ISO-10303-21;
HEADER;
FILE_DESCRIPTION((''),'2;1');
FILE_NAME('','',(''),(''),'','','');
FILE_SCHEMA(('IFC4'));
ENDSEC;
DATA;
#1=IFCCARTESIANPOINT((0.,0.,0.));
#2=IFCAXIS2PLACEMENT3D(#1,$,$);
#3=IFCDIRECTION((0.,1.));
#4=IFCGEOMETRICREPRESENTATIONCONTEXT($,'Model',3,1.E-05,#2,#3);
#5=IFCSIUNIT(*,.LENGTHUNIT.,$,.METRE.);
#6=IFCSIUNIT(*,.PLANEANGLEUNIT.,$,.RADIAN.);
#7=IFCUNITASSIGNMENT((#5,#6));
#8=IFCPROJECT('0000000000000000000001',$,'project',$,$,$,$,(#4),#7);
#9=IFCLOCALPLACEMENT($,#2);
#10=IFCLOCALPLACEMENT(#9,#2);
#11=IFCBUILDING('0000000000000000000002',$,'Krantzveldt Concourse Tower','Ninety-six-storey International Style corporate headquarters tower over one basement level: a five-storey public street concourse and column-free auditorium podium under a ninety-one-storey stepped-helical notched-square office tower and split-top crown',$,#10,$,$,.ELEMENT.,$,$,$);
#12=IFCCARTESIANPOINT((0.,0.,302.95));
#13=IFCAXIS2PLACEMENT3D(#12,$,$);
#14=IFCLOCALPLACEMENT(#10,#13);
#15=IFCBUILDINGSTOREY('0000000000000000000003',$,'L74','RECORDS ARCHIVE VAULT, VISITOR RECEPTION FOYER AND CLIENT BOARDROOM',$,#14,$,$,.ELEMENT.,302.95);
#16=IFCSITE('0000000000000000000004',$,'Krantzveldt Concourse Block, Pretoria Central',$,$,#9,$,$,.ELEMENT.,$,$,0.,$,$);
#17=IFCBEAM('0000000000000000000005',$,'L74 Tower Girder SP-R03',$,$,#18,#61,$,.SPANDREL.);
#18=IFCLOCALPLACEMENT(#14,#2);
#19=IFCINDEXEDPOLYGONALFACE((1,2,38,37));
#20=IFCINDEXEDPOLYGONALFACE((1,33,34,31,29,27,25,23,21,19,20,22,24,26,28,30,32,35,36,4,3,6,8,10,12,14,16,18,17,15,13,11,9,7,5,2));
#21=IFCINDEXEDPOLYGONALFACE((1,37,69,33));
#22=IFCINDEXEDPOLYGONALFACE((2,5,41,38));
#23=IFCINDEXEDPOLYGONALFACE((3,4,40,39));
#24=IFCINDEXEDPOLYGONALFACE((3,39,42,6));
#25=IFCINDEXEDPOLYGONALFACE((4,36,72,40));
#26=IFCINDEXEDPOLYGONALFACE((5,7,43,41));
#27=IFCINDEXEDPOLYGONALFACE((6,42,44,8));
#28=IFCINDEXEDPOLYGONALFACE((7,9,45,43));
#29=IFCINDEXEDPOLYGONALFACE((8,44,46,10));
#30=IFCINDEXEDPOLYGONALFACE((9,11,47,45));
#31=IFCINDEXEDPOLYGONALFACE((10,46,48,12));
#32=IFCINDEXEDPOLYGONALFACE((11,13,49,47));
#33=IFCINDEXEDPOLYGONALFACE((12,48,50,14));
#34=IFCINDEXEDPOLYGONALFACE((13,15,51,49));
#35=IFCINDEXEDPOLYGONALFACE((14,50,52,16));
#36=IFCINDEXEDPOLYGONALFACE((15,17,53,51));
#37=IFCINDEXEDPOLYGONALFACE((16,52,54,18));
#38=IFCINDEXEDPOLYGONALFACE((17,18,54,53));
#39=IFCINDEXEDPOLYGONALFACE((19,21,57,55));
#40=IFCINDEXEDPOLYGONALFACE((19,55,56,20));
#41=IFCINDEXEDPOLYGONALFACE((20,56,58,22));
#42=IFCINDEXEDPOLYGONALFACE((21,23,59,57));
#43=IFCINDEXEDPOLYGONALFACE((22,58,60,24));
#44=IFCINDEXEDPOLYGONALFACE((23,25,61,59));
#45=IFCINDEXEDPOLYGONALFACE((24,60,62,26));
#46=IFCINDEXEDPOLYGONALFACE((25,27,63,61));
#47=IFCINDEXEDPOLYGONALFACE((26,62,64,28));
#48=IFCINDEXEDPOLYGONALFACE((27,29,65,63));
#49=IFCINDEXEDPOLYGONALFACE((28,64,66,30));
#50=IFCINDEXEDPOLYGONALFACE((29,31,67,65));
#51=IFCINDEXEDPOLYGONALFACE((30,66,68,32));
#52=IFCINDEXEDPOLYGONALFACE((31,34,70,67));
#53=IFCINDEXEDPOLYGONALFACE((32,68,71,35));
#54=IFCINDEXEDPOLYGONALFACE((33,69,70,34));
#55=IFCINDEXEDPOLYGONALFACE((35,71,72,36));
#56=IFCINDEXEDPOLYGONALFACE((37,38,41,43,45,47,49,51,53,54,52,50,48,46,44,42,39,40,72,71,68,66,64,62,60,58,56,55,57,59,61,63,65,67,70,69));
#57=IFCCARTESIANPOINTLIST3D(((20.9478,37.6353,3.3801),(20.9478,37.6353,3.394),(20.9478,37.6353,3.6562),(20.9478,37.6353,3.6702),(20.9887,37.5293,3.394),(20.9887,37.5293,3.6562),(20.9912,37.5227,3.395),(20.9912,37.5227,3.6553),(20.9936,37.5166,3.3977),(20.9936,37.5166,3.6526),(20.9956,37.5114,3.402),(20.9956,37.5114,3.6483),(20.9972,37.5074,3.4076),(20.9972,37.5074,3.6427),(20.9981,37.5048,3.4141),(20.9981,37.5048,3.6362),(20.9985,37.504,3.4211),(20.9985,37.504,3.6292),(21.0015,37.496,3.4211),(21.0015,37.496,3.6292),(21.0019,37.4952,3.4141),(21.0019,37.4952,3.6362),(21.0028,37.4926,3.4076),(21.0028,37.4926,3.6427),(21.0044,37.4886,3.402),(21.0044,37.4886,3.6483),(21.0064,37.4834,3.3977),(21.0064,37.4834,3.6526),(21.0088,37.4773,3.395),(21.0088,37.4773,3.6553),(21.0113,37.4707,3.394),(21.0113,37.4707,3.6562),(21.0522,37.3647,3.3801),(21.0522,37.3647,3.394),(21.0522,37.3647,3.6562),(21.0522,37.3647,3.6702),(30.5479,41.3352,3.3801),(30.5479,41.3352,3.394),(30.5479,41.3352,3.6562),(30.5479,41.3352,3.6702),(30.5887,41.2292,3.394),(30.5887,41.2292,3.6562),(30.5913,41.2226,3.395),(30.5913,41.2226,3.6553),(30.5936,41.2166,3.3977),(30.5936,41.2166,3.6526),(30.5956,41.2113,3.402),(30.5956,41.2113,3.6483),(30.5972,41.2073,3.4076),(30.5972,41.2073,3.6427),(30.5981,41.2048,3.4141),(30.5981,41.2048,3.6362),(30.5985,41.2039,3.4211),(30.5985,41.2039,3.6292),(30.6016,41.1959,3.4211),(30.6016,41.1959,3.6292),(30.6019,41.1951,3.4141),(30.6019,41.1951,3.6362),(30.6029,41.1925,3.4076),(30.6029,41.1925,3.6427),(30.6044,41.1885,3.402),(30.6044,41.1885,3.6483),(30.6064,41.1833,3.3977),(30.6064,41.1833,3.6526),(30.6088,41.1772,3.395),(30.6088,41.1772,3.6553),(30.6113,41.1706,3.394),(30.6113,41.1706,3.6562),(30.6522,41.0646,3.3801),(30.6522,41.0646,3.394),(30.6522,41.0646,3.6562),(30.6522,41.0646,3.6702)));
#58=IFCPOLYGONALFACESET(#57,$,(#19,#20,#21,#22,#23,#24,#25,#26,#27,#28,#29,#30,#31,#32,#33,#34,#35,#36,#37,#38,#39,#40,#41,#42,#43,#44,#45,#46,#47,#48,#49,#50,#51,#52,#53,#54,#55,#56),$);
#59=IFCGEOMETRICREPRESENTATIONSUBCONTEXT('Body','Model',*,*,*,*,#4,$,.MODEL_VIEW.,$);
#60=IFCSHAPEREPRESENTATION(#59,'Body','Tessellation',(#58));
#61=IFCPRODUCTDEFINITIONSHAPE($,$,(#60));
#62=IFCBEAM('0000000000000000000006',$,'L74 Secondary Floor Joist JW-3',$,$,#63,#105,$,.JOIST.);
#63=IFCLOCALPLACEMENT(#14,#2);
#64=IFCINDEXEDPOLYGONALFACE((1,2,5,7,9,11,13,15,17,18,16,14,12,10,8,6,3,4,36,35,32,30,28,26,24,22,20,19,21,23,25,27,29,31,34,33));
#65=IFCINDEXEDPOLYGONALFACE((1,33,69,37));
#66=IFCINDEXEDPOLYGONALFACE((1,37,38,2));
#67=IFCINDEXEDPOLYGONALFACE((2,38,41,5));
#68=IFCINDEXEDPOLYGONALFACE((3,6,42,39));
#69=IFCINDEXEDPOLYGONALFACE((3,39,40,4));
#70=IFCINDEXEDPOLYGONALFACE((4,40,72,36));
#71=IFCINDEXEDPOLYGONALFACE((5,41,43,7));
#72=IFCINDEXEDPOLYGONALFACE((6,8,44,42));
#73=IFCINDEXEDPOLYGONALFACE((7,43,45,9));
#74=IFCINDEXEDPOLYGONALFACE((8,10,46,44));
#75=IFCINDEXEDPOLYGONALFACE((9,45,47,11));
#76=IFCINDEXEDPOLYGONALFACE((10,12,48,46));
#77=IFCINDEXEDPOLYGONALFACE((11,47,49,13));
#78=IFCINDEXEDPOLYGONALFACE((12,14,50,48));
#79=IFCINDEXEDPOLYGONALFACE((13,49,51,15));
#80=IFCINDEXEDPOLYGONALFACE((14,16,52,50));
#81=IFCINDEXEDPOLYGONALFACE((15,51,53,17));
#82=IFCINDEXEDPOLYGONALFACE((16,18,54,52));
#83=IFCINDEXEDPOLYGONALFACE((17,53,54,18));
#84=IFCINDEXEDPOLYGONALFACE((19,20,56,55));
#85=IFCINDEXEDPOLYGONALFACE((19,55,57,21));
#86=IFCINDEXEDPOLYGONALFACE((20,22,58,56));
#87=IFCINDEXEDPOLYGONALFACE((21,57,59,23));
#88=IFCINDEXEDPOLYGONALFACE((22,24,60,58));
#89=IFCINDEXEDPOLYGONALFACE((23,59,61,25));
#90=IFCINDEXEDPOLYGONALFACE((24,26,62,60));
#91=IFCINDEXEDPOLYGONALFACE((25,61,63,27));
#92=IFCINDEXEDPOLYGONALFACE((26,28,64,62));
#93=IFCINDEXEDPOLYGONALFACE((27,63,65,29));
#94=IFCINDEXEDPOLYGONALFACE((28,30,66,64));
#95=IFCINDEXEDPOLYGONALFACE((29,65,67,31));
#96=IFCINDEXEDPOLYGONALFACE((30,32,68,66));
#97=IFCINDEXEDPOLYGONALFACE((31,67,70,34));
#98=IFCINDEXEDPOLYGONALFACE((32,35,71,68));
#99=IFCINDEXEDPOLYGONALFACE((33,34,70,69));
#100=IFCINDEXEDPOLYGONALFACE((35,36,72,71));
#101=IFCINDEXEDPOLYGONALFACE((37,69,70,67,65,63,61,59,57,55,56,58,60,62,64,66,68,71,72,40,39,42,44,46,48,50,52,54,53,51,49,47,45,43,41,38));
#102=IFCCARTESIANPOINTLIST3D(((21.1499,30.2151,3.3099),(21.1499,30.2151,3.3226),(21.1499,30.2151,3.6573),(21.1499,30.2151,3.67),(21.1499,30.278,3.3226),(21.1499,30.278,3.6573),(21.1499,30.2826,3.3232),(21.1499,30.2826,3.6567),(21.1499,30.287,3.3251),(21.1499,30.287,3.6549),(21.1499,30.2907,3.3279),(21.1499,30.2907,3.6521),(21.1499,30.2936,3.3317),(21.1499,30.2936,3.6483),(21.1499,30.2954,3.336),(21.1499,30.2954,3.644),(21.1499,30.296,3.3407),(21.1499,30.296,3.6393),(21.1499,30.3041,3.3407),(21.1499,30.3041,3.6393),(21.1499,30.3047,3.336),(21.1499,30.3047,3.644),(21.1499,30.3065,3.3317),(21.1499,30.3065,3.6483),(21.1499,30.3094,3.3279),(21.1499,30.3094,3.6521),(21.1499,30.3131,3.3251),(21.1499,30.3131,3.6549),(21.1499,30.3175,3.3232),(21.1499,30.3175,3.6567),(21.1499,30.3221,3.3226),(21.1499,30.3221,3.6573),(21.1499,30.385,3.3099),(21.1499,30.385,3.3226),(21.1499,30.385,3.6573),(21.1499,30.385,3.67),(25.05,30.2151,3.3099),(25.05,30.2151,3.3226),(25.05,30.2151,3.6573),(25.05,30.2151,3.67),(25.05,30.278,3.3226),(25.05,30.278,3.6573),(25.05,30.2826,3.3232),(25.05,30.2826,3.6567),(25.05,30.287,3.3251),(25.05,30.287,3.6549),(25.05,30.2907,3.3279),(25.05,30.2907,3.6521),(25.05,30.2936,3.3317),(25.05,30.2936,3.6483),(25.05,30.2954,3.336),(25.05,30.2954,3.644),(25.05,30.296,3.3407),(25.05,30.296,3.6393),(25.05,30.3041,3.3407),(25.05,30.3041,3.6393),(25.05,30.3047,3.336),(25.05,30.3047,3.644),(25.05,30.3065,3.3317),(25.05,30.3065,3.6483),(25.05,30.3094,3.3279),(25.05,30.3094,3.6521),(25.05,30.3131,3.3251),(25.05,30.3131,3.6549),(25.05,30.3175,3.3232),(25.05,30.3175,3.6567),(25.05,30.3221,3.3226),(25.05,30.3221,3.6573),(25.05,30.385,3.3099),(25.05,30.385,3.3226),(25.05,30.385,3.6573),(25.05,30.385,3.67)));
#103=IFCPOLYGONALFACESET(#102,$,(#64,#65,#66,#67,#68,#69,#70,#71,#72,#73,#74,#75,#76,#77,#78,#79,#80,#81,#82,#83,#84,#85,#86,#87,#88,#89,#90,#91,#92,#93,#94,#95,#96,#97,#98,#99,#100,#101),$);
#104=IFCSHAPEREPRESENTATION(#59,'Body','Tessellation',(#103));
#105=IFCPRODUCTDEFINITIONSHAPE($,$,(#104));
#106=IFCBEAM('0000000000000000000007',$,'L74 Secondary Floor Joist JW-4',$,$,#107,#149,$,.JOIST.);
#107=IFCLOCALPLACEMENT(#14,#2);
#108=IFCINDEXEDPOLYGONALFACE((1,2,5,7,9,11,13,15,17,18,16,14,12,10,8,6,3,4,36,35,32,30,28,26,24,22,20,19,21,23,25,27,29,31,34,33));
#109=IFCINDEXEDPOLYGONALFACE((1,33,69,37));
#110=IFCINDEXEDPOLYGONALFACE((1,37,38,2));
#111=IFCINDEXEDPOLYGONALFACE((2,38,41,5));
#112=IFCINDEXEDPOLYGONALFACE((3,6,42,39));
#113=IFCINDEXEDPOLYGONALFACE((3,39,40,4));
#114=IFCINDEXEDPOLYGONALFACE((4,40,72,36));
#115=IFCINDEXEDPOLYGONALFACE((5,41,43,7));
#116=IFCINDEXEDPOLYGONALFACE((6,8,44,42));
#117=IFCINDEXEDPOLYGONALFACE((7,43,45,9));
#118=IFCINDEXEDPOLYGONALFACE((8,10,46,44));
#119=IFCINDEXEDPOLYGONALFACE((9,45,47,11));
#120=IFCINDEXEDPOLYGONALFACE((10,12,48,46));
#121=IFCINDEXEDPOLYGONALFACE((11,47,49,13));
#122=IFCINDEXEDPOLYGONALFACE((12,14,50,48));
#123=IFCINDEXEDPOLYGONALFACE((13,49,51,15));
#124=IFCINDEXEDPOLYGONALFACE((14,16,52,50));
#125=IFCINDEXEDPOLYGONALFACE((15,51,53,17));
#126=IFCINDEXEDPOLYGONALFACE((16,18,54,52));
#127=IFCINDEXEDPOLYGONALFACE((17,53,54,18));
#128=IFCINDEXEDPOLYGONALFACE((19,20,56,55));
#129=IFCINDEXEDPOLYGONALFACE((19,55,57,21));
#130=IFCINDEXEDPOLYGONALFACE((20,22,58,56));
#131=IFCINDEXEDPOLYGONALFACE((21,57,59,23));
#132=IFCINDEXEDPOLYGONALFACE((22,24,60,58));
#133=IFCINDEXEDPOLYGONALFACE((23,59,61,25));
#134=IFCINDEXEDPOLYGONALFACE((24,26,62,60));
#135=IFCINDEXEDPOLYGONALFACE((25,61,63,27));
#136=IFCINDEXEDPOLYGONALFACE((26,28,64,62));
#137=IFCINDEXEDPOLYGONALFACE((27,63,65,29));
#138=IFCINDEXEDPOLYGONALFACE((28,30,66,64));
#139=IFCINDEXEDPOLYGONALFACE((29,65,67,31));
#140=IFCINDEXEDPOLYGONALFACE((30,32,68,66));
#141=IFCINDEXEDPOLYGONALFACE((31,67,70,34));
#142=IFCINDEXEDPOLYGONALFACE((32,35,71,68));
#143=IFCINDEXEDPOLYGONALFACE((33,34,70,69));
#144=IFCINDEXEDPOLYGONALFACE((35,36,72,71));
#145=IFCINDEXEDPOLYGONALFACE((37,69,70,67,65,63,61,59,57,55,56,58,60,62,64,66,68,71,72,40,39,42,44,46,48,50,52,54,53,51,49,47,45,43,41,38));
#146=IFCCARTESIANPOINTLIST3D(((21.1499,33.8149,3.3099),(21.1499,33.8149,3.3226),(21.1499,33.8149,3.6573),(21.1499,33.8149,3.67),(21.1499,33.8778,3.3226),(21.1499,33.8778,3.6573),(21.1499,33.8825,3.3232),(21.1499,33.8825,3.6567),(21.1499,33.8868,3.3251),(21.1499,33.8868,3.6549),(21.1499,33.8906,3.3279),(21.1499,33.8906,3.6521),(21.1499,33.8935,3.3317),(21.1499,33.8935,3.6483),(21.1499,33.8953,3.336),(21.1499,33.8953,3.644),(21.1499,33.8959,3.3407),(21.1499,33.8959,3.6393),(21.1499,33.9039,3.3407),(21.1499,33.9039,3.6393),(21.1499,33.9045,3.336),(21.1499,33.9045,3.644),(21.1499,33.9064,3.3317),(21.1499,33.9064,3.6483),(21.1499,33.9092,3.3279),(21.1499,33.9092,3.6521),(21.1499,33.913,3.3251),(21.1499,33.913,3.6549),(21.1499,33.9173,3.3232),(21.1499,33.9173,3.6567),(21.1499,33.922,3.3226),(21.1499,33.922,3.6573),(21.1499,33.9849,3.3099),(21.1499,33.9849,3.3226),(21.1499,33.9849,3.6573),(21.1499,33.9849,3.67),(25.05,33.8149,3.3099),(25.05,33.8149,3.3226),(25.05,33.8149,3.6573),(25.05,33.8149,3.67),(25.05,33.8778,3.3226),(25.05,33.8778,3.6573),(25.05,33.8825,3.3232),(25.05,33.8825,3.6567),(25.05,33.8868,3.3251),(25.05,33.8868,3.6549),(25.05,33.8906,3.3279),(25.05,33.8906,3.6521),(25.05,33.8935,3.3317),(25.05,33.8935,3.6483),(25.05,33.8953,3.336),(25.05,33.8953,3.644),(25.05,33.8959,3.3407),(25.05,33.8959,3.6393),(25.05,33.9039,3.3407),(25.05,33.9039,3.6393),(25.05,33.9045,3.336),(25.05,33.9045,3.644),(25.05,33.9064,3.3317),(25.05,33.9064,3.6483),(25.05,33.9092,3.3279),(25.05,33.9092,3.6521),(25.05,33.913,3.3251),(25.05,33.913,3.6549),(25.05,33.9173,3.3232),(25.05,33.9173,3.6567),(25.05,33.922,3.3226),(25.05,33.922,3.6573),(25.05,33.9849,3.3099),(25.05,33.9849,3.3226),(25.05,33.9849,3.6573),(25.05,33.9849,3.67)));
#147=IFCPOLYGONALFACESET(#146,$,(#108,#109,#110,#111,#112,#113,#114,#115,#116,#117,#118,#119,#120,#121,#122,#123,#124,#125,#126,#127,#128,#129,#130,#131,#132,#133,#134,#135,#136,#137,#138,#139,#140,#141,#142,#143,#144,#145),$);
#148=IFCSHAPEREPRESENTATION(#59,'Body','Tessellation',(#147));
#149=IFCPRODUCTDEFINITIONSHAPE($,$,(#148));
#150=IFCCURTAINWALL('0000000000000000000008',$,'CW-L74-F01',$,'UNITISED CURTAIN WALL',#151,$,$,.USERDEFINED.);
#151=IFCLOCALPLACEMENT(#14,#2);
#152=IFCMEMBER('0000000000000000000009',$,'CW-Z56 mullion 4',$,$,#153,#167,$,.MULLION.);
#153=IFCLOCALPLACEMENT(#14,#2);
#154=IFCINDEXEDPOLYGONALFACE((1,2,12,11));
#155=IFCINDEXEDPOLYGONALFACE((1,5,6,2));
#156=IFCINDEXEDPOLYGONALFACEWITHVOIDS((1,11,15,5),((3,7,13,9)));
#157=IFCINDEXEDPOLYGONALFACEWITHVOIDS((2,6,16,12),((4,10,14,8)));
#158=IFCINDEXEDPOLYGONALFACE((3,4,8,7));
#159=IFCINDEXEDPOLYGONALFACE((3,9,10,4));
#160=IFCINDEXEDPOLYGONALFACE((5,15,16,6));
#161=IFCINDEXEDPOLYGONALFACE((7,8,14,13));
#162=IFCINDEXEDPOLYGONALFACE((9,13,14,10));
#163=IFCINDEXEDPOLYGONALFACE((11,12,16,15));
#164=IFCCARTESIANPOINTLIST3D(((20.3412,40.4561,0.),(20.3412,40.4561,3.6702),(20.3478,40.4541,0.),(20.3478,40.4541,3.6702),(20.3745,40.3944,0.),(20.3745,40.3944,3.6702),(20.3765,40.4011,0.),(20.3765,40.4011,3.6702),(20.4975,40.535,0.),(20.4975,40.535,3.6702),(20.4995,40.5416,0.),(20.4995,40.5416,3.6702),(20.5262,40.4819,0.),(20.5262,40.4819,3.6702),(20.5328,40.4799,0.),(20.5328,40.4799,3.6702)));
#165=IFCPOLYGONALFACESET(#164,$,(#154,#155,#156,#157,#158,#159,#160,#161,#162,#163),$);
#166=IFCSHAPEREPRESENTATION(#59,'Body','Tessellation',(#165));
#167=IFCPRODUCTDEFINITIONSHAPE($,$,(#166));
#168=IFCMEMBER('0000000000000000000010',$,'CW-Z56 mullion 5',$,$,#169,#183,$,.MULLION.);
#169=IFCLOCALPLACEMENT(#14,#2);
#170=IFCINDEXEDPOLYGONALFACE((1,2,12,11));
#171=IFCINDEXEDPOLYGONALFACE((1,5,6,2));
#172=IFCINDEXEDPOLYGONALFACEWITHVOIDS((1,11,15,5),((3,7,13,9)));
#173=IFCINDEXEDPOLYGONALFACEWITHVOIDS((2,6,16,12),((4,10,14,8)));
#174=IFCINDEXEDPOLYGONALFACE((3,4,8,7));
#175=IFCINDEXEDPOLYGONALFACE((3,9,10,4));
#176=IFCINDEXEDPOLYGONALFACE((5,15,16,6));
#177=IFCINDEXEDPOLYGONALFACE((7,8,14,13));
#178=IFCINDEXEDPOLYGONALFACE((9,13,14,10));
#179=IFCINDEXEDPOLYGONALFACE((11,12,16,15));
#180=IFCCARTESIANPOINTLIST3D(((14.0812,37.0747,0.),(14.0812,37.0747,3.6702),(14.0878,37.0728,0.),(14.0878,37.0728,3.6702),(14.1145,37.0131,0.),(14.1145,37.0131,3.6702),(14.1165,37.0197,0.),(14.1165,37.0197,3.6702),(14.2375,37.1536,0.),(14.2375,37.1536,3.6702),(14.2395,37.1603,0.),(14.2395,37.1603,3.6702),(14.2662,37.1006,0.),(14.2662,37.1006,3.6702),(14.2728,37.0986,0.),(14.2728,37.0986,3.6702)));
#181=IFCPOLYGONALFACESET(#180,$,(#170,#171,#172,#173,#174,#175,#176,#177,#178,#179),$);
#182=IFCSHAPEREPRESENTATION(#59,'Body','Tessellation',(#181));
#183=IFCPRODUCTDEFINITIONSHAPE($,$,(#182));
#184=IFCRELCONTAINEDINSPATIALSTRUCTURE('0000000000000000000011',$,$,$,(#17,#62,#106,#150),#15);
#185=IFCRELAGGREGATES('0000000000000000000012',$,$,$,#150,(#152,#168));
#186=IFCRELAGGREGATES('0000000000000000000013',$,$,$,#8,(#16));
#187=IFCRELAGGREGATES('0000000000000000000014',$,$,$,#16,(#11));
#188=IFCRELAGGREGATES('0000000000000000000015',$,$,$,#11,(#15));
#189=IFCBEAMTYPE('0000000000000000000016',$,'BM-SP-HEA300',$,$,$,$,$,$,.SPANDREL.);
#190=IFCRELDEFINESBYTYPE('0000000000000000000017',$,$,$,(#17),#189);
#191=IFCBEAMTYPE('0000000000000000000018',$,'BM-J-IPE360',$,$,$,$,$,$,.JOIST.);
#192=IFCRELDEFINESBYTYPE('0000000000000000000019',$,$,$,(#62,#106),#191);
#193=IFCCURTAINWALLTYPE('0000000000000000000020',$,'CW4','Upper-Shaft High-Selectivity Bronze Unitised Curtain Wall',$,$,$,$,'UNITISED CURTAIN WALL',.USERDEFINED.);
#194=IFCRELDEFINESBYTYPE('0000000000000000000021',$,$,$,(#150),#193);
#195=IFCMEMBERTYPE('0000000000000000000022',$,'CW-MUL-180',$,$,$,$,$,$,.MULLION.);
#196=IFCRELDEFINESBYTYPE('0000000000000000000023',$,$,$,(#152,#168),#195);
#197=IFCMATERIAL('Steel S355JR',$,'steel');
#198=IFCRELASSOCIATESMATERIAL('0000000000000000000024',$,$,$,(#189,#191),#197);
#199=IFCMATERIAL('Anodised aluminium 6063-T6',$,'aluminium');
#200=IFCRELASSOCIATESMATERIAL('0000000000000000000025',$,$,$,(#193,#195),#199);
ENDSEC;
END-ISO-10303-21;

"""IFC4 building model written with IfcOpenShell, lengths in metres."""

from ifc_helpers import new_model, si_unit, direction, frame, origin, origin_2d, place, context, subcontext, project, spatial, hollow_rectangle, i_section, extrude, source, transform, mapped, material, material_profile, profile_set, type_object, type_shapes, element, aggregate, save


model = new_model("IFC4")

# Units and contexts
model_context = context("Model", 3, precision=1e-05, world=origin(), true_north=direction((0.0, 1.0)))
body_context = subcontext(model_context, "Body", "Model", "MODEL_VIEW")
ifc_project = project(units=[si_unit("LENGTHUNIT", "METRE"), si_unit("PLANEANGLEUNIT", "RADIAN")], contexts=[model_context])

# Site, building, storey
site_placement = place(None, origin())
site = spatial("IfcSite", under=ifc_project, at=site_placement, Name="Krantzveldt Concourse Block, Pretoria Central", CompositionType="ELEMENT", RefElevation=0.0)
building_placement = place(site_placement, origin())
building = spatial("IfcBuilding", under=site, at=building_placement, Name="Krantzveldt Concourse Tower", Description="Ninety-six-storey International Style corporate headquarters tower over one basement level: a five-storey public street concourse and column-free auditorium podium under a ninety-one-storey stepped-helical notched-square office tower and split-top crown", CompositionType="ELEMENT")
storey_placement = place(building_placement, frame((0.0, 0.0, 302.95)))
storey = spatial("IfcBuildingStorey", under=building, at=storey_placement, Name="L74", Description="RECORDS ARCHIVE VAULT, VISITOR RECEPTION FOYER AND CLIENT BOARDROOM", CompositionType="ELEMENT", Elevation=302.95)

# Beams
ifc_material_1 = material(Name="Steel S355JR", Category="steel")
ifc_material_profile_1 = material_profile(ifc_material_1, i_section(OverallWidth=0.29, OverallDepth=0.29, WebThickness=0.0085, FlangeThickness=0.0139, FilletRadius=0.0271, at=origin_2d()), Name="Steel S355JR", Category="steel")
ifc_profile_set_1 = profile_set([ifc_material_profile_1], Name="Steel S355JR - HEA 300")
beam_type_1 = type_object("IfcBeamType", Name="BM-SP-HEA300", PredefinedType="SPANDREL", material=ifc_profile_set_1)
shared_shape_1 = source(origin(), body_context, "Body", "SweptSolid", [
    extrude(i_section(OverallWidth=0.29, OverallDepth=0.29, WebThickness=0.0085, FlangeThickness=0.0139, FilletRadius=0.0271, at=origin_2d()), origin(), (0.0, 0.0, 1.0), 10.2883),
])
beam_1_placement = place(storey_placement, frame((21.0, 37.5, 3.5251), z_axis=(0.933098, 0.359623, 0.0), x_axis=(-0.359623, 0.933098, 0.0)))
element("IfcBeam", 1, at=beam_1_placement, inside=storey, type_object=beam_type_1, Name="L74 Tower Girder SP-R03", PredefinedType="SPANDREL", context=body_context, shape_type="MappedRepresentation", body=[
    mapped(shared_shape_1, transform((0.0, 0.0, 0.0), x_axis=(1.0, 0.0, 0.0), y_axis=(0.0, 1.0, 0.0), z_axis=(0.0, 0.0, 1.0), scale=1.0)),
])
ifc_material_profile_2 = material_profile(ifc_material_1, i_section(OverallWidth=0.1699, OverallDepth=0.3601, WebThickness=0.0081, FlangeThickness=0.0127, FilletRadius=0.0181, at=origin_2d()), Name="Steel S355JR", Category="steel")
ifc_profile_set_2 = profile_set([ifc_material_profile_2], Name="Steel S355JR - IPE 360")
beam_type_2 = type_object("IfcBeamType", Name="BM-J-IPE360", PredefinedType="JOIST", material=ifc_profile_set_2)
shared_shape_2 = source(origin(), body_context, "Body", "SweptSolid", [
    extrude(i_section(OverallWidth=0.1699, OverallDepth=0.3601, WebThickness=0.0081, FlangeThickness=0.0127, FilletRadius=0.0181, at=origin_2d()), origin(), (0.0, 0.0, 1.0), 3.9001),
])
type_shapes(beam_type_2, [shared_shape_2])
for number, where, z_axis, x_axis, name in (
    (2, (21.1499, 30.3, 3.49), (1.0, 0.0, 0.0), (0.0, 1.0, 0.0), "L74 Secondary Floor Joist JW-3"),
    (3, (21.1499, 33.8999, 3.49), (1.0, 0.0, 0.0), (0.0, 1.0, 0.0), "L74 Secondary Floor Joist JW-4"),
):
    element("IfcBeam", number, at=place(storey_placement, frame(where, z_axis=z_axis, x_axis=x_axis)), inside=storey, type_object=beam_type_2, Name=name, PredefinedType="JOIST", context=body_context, shape_type="MappedRepresentation", body=[
        mapped(shared_shape_2, transform((0.0, 0.0, 0.0), x_axis=(1.0, 0.0, 0.0), y_axis=(0.0, 1.0, 0.0), z_axis=(0.0, 0.0, 1.0), scale=1.0)),
    ])

# Curtain wall, members
ifc_material_2 = material(Name="Anodised aluminium 6063-T6", Category="aluminium")
curtain_wall_type = type_object("IfcCurtainWallType", Name="CW4", Description="Upper-Shaft High-Selectivity Bronze Unitised Curtain Wall", ElementType="UNITISED CURTAIN WALL", PredefinedType="USERDEFINED", material=ifc_material_2)
curtain_wall_1_placement = place(storey_placement, origin())
curtain_wall_1 = element("IfcCurtainWall", 4, at=curtain_wall_1_placement, inside=storey, type_object=curtain_wall_type, Name="CW-L74-F01", ObjectType="UNITISED CURTAIN WALL", PredefinedType="USERDEFINED")
ifc_material_profile_3 = material_profile(ifc_material_2, hollow_rectangle(XDim=0.0701, YDim=0.1799, WallThickness=0.0049, at=origin_2d()), Name="Anodised aluminium 6063-T6", Category="aluminium")
ifc_profile_set_3 = profile_set([ifc_material_profile_3], Name="Anodised aluminium 6063-T6 - ALU-MULL 180x70x5")
member_type_1 = type_object("IfcMemberType", Name="CW-MUL-180", PredefinedType="MULLION", material=ifc_profile_set_3)
shared_shape_3 = source(origin(), body_context, "Body", "SweptSolid", [
    extrude(hollow_rectangle(XDim=0.0701, YDim=0.1799, WallThickness=0.0049, at=origin_2d()), origin(), (0.0, 0.0, 1.0), 3.6702),
])
type_shapes(member_type_1, [shared_shape_3])
member_1_placement = place(storey_placement, frame((20.437, 40.468, 0.0), z_axis=(0.0, 0.0, 1.0), x_axis=(0.47524, -0.879856, 0.0)))
member_1 = element("IfcMember", 5, at=member_1_placement, type_object=member_type_1, Name="CW-Z56 mullion 4", PredefinedType="MULLION", context=body_context, shape_type="MappedRepresentation", body=[
    mapped(shared_shape_3, transform((0.0, 0.0, 0.0), x_axis=(1.0, 0.0, 0.0), y_axis=(0.0, 1.0, 0.0), z_axis=(0.0, 0.0, 1.0), scale=1.0)),
])
member_2_placement = place(storey_placement, frame((14.177, 37.0867, 0.0), z_axis=(0.0, 0.0, 1.0), x_axis=(0.47524, -0.879856, 0.0)))
member_2 = element("IfcMember", 6, at=member_2_placement, type_object=member_type_1, Name="CW-Z56 mullion 5", PredefinedType="MULLION", context=body_context, shape_type="MappedRepresentation", body=[
    mapped(shared_shape_3, transform((0.0, 0.0, 0.0), x_axis=(1.0, 0.0, 0.0), y_axis=(0.0, 1.0, 0.0), z_axis=(0.0, 0.0, 1.0), scale=1.0)),
])

aggregate(curtain_wall_1, [member_1, member_2])

save(model, "model.ifc")
